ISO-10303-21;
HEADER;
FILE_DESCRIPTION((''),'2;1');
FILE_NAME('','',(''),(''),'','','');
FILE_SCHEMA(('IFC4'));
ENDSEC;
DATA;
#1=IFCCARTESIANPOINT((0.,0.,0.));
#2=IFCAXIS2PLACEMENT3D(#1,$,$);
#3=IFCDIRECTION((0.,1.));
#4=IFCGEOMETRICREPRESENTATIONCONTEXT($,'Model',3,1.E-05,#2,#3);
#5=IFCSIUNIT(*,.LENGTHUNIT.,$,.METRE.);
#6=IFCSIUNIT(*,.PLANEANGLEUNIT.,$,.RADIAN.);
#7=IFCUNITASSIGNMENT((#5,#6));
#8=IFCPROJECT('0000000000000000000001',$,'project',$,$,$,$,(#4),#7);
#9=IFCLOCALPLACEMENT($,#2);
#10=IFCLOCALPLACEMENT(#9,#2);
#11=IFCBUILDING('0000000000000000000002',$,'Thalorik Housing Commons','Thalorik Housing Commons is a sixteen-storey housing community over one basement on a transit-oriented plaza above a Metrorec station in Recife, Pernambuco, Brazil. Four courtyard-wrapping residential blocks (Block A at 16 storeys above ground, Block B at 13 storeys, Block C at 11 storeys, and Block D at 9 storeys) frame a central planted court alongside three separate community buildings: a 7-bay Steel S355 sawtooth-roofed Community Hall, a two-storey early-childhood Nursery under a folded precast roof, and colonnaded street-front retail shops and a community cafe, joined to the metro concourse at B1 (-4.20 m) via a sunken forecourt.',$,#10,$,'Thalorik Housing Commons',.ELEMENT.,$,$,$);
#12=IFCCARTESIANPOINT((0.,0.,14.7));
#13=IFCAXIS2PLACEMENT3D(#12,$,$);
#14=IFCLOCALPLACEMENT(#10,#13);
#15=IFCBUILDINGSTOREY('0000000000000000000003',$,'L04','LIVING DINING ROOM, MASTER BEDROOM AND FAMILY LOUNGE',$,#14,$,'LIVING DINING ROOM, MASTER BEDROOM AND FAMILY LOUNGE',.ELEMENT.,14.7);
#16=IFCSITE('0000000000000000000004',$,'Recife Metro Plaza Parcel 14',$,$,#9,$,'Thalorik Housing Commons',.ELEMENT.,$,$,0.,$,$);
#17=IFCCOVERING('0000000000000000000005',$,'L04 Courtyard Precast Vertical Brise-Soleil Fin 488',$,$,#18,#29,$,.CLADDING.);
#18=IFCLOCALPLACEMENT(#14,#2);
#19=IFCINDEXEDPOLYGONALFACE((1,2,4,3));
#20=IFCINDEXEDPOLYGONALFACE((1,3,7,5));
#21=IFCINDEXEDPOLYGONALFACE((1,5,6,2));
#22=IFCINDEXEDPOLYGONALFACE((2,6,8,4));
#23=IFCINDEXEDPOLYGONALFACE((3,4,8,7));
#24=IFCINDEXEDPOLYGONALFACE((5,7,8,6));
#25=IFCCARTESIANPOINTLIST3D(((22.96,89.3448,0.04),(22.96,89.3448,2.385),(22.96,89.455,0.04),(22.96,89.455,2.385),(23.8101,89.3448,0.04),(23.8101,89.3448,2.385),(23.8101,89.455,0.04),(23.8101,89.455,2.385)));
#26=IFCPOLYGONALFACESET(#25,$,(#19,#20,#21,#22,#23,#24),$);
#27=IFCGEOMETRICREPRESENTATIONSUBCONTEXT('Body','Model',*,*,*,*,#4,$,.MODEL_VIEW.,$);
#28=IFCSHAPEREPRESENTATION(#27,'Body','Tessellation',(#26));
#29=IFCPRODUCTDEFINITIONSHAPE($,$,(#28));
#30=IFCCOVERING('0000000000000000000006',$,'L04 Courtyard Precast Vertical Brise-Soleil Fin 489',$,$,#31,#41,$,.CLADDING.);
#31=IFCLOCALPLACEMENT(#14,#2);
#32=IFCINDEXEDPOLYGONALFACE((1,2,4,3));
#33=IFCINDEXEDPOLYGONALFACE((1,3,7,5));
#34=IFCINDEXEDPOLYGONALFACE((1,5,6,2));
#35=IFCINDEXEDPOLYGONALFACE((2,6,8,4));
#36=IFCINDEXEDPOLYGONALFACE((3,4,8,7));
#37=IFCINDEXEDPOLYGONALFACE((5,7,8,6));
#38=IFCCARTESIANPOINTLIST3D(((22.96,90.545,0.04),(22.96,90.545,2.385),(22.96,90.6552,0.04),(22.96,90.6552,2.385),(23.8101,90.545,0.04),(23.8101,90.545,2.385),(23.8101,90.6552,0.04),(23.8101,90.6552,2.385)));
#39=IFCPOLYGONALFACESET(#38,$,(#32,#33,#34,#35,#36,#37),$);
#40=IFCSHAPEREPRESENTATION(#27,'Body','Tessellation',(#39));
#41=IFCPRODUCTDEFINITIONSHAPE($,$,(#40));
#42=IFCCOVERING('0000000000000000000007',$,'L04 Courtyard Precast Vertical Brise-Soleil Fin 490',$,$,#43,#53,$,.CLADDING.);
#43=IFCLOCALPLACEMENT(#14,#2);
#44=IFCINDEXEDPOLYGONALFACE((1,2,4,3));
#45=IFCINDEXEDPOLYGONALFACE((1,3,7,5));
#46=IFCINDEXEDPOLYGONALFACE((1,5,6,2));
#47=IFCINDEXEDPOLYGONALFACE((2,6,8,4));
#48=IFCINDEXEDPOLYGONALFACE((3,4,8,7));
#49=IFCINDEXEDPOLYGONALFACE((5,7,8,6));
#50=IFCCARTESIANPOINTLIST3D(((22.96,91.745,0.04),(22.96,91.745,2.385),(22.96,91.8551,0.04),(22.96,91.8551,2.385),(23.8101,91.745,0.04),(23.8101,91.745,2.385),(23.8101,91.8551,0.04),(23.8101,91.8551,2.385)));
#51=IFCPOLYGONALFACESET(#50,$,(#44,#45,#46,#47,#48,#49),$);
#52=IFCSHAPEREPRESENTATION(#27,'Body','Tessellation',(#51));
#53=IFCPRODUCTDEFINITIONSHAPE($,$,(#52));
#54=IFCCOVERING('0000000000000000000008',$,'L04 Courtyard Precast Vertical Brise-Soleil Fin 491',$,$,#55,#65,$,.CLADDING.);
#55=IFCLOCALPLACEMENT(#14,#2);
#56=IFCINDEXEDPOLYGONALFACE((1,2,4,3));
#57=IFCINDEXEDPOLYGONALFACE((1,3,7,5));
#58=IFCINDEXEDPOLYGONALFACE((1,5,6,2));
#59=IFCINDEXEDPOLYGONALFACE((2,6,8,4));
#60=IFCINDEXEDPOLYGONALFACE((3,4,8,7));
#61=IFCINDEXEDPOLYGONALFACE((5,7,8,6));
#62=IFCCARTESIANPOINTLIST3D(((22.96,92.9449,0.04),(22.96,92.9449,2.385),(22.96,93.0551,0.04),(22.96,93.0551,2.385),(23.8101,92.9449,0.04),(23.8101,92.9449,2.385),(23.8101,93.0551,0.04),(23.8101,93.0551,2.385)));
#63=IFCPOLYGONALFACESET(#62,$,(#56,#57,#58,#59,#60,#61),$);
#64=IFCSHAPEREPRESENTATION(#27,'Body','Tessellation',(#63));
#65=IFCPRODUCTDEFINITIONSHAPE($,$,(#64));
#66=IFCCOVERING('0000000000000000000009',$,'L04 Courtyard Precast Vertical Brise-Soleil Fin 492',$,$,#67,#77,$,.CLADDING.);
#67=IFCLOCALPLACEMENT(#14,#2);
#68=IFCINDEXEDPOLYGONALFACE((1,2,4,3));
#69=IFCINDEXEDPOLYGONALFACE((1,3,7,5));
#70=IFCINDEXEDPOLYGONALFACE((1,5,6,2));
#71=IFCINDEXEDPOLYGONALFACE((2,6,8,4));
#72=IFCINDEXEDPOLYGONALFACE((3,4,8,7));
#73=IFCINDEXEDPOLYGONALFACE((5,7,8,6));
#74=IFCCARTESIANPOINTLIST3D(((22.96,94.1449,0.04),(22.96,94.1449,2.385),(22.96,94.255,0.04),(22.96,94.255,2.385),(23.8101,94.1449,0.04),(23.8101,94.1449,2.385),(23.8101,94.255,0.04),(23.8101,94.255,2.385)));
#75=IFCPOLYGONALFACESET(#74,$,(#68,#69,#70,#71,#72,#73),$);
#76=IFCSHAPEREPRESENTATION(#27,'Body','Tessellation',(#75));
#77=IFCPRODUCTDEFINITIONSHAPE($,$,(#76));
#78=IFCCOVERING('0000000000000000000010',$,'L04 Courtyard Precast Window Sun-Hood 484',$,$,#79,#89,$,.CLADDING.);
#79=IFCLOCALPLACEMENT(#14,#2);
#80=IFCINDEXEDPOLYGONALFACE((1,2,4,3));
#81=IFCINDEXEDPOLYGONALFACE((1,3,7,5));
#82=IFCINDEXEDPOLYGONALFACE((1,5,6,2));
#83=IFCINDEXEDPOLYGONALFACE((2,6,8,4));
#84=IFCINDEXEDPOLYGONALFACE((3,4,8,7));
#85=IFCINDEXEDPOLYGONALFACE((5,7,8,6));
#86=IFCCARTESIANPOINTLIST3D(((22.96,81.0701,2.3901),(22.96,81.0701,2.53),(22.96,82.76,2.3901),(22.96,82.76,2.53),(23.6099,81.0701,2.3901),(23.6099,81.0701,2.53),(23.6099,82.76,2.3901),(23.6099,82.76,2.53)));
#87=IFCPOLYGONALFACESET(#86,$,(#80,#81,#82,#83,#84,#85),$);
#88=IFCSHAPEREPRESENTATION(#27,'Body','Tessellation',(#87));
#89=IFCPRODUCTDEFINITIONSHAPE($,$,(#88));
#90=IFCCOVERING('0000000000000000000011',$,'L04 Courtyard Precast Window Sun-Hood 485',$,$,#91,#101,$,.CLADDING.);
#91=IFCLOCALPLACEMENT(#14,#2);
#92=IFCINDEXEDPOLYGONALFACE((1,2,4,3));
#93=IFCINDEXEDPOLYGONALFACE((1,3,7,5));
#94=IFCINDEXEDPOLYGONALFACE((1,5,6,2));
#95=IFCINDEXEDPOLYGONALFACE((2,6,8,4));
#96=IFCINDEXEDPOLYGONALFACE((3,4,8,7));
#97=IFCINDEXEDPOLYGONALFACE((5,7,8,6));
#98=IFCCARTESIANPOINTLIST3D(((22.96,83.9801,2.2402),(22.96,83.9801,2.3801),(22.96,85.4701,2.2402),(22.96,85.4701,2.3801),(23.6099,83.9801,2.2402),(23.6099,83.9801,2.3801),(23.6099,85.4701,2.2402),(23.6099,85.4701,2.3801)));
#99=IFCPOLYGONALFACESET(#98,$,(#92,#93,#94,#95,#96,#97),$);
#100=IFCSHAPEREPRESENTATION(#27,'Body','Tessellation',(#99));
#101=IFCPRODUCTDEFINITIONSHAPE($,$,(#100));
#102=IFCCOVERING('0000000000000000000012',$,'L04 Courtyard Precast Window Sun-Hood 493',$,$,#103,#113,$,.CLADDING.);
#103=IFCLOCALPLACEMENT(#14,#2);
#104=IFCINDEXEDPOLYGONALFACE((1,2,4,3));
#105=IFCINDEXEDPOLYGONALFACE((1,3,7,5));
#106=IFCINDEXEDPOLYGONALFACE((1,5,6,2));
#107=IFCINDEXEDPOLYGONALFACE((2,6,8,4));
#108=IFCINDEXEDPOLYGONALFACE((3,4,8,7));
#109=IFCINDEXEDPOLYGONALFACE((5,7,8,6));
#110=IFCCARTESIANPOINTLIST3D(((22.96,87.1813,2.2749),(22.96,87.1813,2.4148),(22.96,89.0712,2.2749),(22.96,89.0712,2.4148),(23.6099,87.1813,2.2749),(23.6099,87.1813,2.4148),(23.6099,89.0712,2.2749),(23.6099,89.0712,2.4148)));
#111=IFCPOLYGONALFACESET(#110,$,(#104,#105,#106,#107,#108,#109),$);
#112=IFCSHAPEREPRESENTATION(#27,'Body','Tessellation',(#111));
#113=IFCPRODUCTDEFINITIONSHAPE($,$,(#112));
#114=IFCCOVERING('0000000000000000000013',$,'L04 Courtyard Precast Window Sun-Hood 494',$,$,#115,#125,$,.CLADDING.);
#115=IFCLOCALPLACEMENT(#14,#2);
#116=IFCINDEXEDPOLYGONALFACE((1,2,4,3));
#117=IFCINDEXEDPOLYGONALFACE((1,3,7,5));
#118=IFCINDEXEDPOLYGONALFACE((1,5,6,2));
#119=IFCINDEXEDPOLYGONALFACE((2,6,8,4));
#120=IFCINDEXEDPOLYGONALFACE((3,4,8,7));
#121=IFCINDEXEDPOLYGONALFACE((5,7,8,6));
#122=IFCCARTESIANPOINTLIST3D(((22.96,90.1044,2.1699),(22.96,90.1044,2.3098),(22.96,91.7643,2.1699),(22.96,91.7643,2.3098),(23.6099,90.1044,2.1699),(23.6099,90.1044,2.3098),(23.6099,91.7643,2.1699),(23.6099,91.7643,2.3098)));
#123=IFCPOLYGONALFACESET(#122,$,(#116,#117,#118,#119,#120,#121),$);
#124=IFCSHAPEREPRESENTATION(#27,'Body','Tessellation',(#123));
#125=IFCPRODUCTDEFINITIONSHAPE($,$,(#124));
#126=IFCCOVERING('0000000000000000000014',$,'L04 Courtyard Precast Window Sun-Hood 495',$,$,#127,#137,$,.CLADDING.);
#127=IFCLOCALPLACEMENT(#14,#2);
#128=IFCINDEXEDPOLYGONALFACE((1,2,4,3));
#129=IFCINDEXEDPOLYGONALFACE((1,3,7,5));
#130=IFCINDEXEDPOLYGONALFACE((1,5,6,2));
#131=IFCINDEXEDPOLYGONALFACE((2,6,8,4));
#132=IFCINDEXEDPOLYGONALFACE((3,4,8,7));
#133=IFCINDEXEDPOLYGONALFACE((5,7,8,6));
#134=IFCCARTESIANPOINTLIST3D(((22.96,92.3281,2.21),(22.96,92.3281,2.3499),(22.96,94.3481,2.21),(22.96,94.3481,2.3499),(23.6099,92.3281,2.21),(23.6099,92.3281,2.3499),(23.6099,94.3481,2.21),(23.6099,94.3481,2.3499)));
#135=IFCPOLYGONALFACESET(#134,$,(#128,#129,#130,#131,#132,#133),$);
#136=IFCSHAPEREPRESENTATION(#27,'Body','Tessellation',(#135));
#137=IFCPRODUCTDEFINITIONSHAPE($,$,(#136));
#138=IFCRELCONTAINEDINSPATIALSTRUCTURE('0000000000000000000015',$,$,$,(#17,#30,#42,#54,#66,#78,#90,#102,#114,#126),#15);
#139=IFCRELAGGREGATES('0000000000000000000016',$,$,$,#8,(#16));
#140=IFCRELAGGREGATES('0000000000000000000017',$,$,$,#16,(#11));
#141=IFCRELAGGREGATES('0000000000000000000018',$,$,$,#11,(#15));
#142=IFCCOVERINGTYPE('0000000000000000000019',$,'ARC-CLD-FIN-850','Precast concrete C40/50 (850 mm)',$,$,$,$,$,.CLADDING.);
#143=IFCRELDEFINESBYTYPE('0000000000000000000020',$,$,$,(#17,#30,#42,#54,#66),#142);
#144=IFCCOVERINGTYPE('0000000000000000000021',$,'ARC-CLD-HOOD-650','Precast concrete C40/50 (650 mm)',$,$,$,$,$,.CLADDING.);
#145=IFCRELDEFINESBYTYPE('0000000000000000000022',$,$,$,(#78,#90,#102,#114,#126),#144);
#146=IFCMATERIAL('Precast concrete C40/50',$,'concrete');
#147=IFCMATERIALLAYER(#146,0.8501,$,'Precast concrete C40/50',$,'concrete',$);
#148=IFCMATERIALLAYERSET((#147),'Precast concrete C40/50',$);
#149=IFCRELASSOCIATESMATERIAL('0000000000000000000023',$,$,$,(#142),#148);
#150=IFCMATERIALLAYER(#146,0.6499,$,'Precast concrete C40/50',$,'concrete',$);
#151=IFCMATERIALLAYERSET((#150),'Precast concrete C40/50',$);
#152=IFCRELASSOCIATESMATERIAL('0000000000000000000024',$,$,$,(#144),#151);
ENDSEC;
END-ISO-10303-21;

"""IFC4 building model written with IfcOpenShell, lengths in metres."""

from ifc_helpers import new_model, si_unit, direction, frame, origin, origin_2d, place, context, subcontext, project, spatial, rectangle, extrude, material, layer, layer_set, type_object, element, save


model = new_model("IFC4")

# Units and contexts
model_context = context("Model", 3, precision=1e-05, world=origin(), true_north=direction((0.0, 1.0)))
body_context = subcontext(model_context, "Body", "Model", "MODEL_VIEW")
ifc_project = project(units=[si_unit("LENGTHUNIT", "METRE"), si_unit("PLANEANGLEUNIT", "RADIAN")], contexts=[model_context])

# Site, building, storey
site_placement = place(None, origin())
site = spatial("IfcSite", under=ifc_project, at=site_placement, Name="Recife Metro Plaza Parcel 14", LongName="Thalorik Housing Commons", CompositionType="ELEMENT", RefElevation=0.0)
building_placement = place(site_placement, origin())
building = spatial("IfcBuilding", under=site, at=building_placement, Name="Thalorik Housing Commons", Description="Thalorik Housing Commons is a sixteen-storey housing community over one basement on a transit-oriented plaza above a Metrorec station in Recife, Pernambuco, Brazil. Four courtyard-wrapping residential blocks (Block A at 16 storeys above ground, Block B at 13 storeys, Block C at 11 storeys, and Block D at 9 storeys) frame a central planted court alongside three separate community buildings: a 7-bay Steel S355 sawtooth-roofed Community Hall, a two-storey early-childhood Nursery under a folded precast roof, and colonnaded street-front retail shops and a community cafe, joined to the metro concourse at B1 (-4.20 m) via a sunken forecourt.", LongName="Thalorik Housing Commons", CompositionType="ELEMENT")
storey_placement = place(building_placement, frame((0.0, 0.0, 14.7)))
storey = spatial("IfcBuildingStorey", under=building, at=storey_placement, Name="L04", Description="LIVING DINING ROOM, MASTER BEDROOM AND FAMILY LOUNGE", LongName="LIVING DINING ROOM, MASTER BEDROOM AND FAMILY LOUNGE", CompositionType="ELEMENT", Elevation=14.7)

# Shared definitions
ifc_material_1 = material(Name="Precast concrete C40/50", Category="concrete")

# Coverings
ifc_layer_1 = layer(ifc_material_1, 0.8501, Name="Precast concrete C40/50", Category="concrete")
ifc_layer_set_1 = layer_set([ifc_layer_1], Name="Precast concrete C40/50")
covering_type_1 = type_object("IfcCoveringType", Name="ARC-CLD-FIN-850", Description="Precast concrete C40/50 (850 mm)", PredefinedType="CLADDING", material=ifc_layer_set_1)
for number, where, z_axis, x_axis, name in (
    (1, (23.385, 89.3999, 0.04), (0.0, 0.0, 1.0), (0.0, 1.0, 0.0), "L04 Courtyard Precast Vertical Brise-Soleil Fin 488"),
    (2, (23.385, 90.6001, 0.04), (0.0, 0.0, 1.0), (0.0, 1.0, 0.0), "L04 Courtyard Precast Vertical Brise-Soleil Fin 489"),
    (3, (23.385, 91.8, 0.04), (0.0, 0.0, 1.0), (0.0, 1.0, 0.0), "L04 Courtyard Precast Vertical Brise-Soleil Fin 490"),
    (4, (23.385, 93.0, 0.04), (0.0, 0.0, 1.0), (0.0, 1.0, 0.0), "L04 Courtyard Precast Vertical Brise-Soleil Fin 491"),
    (5, (23.385, 94.2, 0.04), (0.0, 0.0, 1.0), (0.0, 1.0, 0.0), "L04 Courtyard Precast Vertical Brise-Soleil Fin 492"),
):
    element("IfcCovering", number, at=place(storey_placement, frame(where, z_axis=z_axis, x_axis=x_axis)), inside=storey, type_object=covering_type_1, Name=name, PredefinedType="CLADDING", context=body_context, shape_type="SweptSolid", body=[
        extrude(rectangle(XDim=0.1101, YDim=0.8501, at=origin_2d()), origin(), (0.0, 0.0, 1.0), 2.345),
    ])
ifc_layer_2 = layer(ifc_material_1, 0.6499, Name="Precast concrete C40/50", Category="concrete")
ifc_layer_set_2 = layer_set([ifc_layer_2], Name="Precast concrete C40/50")
covering_type_2 = type_object("IfcCoveringType", Name="ARC-CLD-HOOD-650", Description="Precast concrete C40/50 (650 mm)", PredefinedType="CLADDING", material=ifc_layer_set_2)
covering_1_placement = place(storey_placement, frame((23.2849, 81.915, 2.3901), z_axis=(0.0, 0.0, 1.0), x_axis=(0.0, 1.0, 0.0)))
element("IfcCovering", 6, at=covering_1_placement, inside=storey, type_object=covering_type_2, Name="L04 Courtyard Precast Window Sun-Hood 484", PredefinedType="CLADDING", context=body_context, shape_type="SweptSolid", body=[
    extrude(rectangle(XDim=1.6899, YDim=0.6499, at=origin_2d()), origin(), (0.0, 0.0, 1.0), 0.1399),
])
covering_2_placement = place(storey_placement, frame((23.2849, 84.7251, 2.2402), z_axis=(0.0, 0.0, 1.0), x_axis=(0.0, 1.0, 0.0)))
element("IfcCovering", 7, at=covering_2_placement, inside=storey, type_object=covering_type_2, Name="L04 Courtyard Precast Window Sun-Hood 485", PredefinedType="CLADDING", context=body_context, shape_type="SweptSolid", body=[
    extrude(rectangle(XDim=1.49, YDim=0.6499, at=origin_2d()), origin(), (0.0, 0.0, 1.0), 0.1399),
])
covering_3_placement = place(storey_placement, frame((23.2849, 88.1262, 2.2749), z_axis=(0.0, 0.0, 1.0), x_axis=(0.0, 1.0, 0.0)))
element("IfcCovering", 8, at=covering_3_placement, inside=storey, type_object=covering_type_2, Name="L04 Courtyard Precast Window Sun-Hood 493", PredefinedType="CLADDING", context=body_context, shape_type="SweptSolid", body=[
    extrude(rectangle(XDim=1.8899, YDim=0.6499, at=origin_2d()), origin(), (0.0, 0.0, 1.0), 0.1399),
])
covering_4_placement = place(storey_placement, frame((23.2849, 90.9343, 2.1699), z_axis=(0.0, 0.0, 1.0), x_axis=(0.0, 1.0, 0.0)))
element("IfcCovering", 9, at=covering_4_placement, inside=storey, type_object=covering_type_2, Name="L04 Courtyard Precast Window Sun-Hood 494", PredefinedType="CLADDING", context=body_context, shape_type="SweptSolid", body=[
    extrude(rectangle(XDim=1.6599, YDim=0.6499, at=origin_2d()), origin(), (0.0, 0.0, 1.0), 0.1399),
])
covering_5_placement = place(storey_placement, frame((23.2849, 93.3381, 2.21), z_axis=(0.0, 0.0, 1.0), x_axis=(0.0, 1.0, 0.0)))
element("IfcCovering", 10, at=covering_5_placement, inside=storey, type_object=covering_type_2, Name="L04 Courtyard Precast Window Sun-Hood 495", PredefinedType="CLADDING", context=body_context, shape_type="SweptSolid", body=[
    extrude(rectangle(XDim=2.02, YDim=0.6499, at=origin_2d()), origin(), (0.0, 0.0, 1.0), 0.1399),
])

save(model, "model.ifc")
